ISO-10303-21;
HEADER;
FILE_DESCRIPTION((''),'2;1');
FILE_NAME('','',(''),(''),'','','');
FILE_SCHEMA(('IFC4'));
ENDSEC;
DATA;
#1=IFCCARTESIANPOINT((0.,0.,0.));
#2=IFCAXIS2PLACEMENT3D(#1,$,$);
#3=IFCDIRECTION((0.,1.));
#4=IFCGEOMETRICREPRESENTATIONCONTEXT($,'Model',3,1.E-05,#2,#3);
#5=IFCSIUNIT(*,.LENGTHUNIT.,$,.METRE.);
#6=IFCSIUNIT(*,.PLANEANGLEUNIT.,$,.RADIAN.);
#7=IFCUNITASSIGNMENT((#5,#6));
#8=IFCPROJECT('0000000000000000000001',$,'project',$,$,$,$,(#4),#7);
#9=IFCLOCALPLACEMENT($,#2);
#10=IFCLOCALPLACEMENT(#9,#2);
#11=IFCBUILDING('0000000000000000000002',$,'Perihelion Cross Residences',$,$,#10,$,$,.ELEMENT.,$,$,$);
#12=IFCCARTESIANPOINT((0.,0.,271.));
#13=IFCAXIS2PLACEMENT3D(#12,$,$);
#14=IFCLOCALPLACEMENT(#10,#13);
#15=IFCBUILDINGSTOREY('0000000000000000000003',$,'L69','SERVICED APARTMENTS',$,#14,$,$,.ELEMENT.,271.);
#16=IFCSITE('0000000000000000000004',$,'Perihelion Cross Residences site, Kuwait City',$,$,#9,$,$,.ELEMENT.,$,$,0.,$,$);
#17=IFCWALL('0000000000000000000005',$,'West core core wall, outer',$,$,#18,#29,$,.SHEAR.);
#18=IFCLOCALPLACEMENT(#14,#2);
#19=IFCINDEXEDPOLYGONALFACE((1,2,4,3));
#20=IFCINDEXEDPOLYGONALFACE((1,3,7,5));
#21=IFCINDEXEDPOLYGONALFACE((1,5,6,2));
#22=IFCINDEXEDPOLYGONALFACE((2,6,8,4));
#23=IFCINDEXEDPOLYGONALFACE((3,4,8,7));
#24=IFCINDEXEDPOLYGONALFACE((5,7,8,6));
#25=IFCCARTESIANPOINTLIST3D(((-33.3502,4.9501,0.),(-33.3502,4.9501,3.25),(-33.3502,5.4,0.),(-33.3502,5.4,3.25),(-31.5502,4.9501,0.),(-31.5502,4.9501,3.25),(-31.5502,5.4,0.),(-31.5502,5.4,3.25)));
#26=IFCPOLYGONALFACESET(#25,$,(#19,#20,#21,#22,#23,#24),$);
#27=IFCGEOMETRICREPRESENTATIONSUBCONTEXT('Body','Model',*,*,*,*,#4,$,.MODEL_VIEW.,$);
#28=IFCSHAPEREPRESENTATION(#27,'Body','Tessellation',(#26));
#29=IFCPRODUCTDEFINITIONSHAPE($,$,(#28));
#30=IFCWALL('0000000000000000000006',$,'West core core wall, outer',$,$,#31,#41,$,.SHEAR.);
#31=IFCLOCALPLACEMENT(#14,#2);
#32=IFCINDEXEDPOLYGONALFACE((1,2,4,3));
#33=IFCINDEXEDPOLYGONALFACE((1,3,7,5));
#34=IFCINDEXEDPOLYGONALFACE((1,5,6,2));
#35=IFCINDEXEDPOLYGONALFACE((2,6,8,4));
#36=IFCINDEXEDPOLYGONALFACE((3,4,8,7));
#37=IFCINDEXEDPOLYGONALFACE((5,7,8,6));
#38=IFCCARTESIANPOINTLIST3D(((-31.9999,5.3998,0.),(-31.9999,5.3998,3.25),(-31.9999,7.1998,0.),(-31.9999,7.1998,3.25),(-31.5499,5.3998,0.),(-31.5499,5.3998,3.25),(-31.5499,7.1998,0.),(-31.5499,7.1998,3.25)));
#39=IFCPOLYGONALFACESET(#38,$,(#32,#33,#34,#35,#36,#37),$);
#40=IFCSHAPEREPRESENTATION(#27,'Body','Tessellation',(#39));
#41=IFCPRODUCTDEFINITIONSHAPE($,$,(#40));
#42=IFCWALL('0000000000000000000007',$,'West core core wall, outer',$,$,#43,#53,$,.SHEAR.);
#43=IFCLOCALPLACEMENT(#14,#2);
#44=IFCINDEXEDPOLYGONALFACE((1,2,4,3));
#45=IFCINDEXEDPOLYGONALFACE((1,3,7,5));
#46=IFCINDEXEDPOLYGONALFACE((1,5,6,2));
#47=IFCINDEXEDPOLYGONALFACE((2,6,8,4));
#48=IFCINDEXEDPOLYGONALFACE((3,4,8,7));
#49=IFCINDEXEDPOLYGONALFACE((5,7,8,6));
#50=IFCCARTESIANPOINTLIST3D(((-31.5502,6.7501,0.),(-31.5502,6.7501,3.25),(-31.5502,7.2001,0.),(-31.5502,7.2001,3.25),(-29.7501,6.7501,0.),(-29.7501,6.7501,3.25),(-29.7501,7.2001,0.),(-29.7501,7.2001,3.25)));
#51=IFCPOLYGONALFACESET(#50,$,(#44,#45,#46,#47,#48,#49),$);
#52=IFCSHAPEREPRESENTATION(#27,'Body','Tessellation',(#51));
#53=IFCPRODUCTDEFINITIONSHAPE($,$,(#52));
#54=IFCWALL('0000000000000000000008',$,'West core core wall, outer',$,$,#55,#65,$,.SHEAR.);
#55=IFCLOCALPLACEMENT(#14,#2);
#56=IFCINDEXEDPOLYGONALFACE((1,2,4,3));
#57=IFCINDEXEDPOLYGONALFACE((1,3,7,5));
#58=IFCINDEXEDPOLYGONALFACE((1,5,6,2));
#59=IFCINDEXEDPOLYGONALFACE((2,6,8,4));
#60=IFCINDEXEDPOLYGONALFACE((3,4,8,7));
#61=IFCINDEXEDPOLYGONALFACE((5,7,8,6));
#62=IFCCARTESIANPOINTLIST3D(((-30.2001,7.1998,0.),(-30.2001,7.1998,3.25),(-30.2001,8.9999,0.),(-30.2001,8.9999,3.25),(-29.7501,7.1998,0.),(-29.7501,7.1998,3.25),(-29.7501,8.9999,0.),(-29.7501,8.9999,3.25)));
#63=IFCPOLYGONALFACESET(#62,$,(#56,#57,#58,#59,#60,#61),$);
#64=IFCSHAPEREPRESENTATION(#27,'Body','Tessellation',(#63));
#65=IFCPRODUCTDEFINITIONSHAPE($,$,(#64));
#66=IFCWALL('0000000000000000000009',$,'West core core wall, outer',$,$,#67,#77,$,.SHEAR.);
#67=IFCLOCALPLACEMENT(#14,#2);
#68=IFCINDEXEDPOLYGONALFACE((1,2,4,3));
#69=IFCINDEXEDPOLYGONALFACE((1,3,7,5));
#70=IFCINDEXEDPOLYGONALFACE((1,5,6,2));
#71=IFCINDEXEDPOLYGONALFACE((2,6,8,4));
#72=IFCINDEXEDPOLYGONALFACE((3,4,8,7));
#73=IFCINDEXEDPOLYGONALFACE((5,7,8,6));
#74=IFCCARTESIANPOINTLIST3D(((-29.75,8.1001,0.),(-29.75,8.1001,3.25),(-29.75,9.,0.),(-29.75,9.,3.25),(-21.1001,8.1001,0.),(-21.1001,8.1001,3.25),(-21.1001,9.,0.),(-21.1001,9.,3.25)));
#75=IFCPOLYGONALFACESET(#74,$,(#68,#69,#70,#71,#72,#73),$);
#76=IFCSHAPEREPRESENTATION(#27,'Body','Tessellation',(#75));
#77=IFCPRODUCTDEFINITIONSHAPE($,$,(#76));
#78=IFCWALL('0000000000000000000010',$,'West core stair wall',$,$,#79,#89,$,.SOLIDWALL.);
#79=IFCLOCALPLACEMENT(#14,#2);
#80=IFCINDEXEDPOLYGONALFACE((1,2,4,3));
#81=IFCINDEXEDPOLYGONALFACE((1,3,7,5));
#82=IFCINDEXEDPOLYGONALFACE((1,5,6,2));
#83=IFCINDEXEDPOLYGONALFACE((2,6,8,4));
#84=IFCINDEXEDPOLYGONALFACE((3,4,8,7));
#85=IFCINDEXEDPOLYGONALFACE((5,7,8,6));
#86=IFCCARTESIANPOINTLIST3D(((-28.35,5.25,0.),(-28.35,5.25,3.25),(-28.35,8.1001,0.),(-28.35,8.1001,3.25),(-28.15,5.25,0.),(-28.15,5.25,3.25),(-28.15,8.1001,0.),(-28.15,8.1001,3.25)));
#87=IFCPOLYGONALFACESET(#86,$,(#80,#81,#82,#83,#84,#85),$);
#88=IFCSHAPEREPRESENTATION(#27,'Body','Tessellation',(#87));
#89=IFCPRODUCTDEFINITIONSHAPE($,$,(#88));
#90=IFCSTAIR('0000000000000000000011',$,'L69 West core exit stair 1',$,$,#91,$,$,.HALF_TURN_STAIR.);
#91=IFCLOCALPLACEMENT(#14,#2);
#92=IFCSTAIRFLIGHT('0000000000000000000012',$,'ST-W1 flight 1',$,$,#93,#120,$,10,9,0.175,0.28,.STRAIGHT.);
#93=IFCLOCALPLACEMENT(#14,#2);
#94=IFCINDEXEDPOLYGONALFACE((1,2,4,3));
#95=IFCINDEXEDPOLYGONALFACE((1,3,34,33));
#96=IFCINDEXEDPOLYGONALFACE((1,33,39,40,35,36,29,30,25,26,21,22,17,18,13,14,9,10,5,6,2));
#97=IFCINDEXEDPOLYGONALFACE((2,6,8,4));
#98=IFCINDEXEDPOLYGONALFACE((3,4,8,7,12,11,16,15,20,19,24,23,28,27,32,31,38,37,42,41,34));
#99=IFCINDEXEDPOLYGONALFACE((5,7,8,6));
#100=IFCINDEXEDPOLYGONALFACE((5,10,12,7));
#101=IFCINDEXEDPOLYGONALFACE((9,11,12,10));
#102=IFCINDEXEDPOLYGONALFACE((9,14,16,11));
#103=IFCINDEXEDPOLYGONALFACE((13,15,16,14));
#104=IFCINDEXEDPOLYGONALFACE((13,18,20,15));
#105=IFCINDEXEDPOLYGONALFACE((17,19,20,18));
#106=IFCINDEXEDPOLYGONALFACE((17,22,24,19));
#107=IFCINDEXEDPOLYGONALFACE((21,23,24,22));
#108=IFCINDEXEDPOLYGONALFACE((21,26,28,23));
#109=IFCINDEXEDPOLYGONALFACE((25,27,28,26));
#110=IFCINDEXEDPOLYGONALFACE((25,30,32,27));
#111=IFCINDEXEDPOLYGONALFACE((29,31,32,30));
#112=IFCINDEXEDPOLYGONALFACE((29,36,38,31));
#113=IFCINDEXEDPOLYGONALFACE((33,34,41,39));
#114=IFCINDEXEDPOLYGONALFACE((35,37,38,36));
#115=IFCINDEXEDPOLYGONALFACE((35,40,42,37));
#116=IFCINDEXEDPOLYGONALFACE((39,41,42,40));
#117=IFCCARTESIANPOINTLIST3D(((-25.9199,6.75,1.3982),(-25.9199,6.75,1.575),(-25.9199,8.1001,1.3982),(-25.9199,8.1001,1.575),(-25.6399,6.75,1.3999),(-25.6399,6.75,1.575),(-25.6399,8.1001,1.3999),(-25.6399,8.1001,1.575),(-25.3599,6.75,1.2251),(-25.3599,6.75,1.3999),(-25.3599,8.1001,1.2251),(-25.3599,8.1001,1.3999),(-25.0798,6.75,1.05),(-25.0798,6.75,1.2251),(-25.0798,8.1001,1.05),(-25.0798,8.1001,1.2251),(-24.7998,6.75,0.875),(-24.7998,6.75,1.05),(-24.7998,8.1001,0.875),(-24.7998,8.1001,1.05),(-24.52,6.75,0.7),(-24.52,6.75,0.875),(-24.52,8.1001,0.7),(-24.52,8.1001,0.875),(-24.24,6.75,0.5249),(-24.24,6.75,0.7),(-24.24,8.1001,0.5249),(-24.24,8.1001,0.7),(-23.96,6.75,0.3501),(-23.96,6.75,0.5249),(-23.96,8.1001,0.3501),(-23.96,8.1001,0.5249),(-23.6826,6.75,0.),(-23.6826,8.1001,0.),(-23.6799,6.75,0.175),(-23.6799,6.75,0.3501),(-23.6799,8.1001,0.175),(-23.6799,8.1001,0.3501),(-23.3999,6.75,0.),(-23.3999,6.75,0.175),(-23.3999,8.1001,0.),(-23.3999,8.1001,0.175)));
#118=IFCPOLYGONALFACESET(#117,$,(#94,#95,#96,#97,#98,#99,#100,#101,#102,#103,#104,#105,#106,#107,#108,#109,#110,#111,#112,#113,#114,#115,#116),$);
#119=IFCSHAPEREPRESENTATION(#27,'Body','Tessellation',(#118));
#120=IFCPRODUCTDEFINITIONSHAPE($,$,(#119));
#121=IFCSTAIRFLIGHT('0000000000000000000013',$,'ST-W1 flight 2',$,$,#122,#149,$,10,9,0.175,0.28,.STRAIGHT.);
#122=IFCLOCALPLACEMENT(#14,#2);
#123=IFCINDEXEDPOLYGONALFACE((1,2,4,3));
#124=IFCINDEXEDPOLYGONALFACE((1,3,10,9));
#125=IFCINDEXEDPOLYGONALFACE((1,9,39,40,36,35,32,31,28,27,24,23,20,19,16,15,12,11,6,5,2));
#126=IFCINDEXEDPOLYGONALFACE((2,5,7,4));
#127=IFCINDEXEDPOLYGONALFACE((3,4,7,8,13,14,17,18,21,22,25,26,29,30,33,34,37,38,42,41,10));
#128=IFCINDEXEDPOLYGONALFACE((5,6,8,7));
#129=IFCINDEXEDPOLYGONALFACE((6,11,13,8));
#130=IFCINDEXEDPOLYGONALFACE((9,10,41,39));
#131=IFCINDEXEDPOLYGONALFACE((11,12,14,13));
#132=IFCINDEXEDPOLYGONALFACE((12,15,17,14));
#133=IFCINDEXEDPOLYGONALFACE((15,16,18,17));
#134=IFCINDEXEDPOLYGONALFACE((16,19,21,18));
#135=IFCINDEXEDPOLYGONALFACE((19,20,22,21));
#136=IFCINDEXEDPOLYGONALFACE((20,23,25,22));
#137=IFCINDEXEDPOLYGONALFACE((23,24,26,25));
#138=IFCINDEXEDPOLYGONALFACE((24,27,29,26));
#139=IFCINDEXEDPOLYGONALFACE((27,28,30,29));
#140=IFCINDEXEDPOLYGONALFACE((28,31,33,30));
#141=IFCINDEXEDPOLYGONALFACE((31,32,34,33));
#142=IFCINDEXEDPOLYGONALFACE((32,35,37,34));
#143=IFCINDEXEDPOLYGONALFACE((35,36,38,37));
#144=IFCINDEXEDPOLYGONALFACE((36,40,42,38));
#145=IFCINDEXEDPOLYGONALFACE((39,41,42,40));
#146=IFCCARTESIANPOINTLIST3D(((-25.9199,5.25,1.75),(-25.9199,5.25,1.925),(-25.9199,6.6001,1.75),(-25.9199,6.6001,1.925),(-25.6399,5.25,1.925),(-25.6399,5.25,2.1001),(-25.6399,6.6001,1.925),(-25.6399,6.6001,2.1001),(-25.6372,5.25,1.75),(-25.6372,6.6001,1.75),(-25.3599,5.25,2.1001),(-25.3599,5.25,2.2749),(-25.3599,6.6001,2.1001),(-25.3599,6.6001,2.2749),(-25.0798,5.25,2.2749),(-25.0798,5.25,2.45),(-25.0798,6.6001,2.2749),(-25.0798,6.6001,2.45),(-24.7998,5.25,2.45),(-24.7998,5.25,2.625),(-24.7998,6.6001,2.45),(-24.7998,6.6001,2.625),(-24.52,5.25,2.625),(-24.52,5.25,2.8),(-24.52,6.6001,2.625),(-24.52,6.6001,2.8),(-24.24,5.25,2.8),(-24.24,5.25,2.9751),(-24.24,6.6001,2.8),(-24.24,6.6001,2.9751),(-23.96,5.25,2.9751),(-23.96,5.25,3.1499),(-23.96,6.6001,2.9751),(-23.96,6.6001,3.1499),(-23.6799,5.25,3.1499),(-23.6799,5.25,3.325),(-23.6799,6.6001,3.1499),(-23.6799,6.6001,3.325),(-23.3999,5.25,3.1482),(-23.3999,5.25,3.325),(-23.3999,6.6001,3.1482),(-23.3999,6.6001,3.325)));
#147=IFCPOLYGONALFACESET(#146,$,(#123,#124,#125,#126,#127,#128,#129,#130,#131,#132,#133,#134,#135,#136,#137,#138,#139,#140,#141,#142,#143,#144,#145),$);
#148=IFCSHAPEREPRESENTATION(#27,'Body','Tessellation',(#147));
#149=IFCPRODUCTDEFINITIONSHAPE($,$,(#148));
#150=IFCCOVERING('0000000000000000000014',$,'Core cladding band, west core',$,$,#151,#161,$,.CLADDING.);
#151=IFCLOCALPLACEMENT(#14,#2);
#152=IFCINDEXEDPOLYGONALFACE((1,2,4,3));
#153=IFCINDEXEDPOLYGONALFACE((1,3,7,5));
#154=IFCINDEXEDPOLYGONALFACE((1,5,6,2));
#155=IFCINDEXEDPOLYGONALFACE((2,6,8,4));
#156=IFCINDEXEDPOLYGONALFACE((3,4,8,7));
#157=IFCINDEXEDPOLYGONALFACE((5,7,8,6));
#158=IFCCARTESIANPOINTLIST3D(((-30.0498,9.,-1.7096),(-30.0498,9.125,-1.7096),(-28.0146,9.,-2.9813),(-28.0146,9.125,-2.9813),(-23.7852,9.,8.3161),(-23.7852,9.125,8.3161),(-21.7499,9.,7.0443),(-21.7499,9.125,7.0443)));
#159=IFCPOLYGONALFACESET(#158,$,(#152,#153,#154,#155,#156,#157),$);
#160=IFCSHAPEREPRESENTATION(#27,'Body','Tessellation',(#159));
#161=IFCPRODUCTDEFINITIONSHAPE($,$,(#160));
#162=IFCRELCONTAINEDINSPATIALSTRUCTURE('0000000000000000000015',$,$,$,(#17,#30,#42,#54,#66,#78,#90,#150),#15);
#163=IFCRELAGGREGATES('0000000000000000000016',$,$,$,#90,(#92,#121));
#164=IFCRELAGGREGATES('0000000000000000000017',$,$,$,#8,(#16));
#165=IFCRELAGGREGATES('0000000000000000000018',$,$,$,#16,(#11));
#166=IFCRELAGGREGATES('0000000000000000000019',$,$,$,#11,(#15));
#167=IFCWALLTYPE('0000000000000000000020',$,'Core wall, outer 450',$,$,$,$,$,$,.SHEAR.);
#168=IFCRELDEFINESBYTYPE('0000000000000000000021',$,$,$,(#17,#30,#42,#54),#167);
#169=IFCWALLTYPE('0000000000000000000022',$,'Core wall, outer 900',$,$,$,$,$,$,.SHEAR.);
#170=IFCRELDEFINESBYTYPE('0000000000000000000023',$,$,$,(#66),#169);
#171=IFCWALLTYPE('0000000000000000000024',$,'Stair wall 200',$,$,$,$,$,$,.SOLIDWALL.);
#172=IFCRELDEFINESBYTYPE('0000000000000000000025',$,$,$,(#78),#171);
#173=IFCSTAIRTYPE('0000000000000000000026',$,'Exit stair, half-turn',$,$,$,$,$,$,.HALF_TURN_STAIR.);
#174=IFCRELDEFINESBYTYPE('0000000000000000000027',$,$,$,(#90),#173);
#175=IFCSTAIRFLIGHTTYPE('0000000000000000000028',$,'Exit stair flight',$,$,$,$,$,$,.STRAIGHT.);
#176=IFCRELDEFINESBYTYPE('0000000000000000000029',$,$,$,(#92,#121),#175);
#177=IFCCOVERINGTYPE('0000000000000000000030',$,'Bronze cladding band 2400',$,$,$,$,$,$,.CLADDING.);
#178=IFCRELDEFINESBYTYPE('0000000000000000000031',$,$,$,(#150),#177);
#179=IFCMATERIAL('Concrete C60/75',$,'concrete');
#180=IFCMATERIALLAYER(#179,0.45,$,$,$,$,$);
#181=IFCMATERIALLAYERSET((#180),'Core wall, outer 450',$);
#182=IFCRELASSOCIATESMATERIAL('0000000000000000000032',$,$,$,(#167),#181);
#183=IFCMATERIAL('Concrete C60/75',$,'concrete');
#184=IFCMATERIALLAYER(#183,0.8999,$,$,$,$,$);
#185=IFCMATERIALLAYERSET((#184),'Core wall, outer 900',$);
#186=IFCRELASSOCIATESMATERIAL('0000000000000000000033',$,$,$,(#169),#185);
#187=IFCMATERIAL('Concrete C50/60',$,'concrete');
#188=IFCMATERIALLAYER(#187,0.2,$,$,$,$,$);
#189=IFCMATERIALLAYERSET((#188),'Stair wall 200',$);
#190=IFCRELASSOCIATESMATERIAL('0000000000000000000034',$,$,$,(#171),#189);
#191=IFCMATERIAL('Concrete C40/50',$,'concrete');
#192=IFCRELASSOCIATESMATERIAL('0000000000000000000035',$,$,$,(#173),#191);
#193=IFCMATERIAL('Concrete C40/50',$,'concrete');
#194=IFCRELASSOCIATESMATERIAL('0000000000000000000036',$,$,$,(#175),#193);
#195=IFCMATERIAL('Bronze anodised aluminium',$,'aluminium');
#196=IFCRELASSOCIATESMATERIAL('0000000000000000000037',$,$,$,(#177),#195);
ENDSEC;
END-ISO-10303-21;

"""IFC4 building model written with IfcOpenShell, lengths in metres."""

from ifc_helpers import new_model, si_unit, direction, frame, frame_2d, origin, origin_2d, place, context, subcontext, project, spatial, polyline, rectangle, outline, extrude, material, layer, layer_set, material_profile, profile_set, type_object, element, aggregate, save


model = new_model("IFC4")

# Units and contexts
model_context = context("Model", 3, precision=1e-05, world=origin(), true_north=direction((0.0, 1.0)))
body_context = subcontext(model_context, "Body", "Model", "MODEL_VIEW")
ifc_project = project(units=[si_unit("LENGTHUNIT", "METRE"), si_unit("PLANEANGLEUNIT", "RADIAN")], contexts=[model_context])

# Site, building, storey
site_placement = place(None, origin())
site = spatial("IfcSite", under=ifc_project, at=site_placement, Name="Perihelion Cross Residences site, Kuwait City", CompositionType="ELEMENT", RefElevation=0.0)
building_placement = place(site_placement, origin())
building = spatial("IfcBuilding", under=site, at=building_placement, Name="Perihelion Cross Residences", CompositionType="ELEMENT")
storey_placement = place(building_placement, frame((0.0, 0.0, 271.0)))
storey = spatial("IfcBuildingStorey", under=building, at=storey_placement, Name="L69", Description="SERVICED APARTMENTS", CompositionType="ELEMENT", Elevation=271.0)

# Walls
ifc_material_1 = material(Name="Concrete C60/75", Category="concrete")
ifc_layer_1 = layer(ifc_material_1, 0.45)
ifc_layer_set_1 = layer_set([ifc_layer_1], Name="Core wall, outer 450")
wall_type_1 = type_object("IfcWallType", Name="Core wall, outer 450", PredefinedType="SHEAR", material=ifc_layer_set_1)
for number, where, z_axis, x_axis, name in (
    (1, (-33.3501, 5.175, 0.0), (0.0, 0.0, 1.0), (1.0, 0.0, 0.0), "West core core wall, outer"),
    (2, (-31.7749, 5.3999, 0.0), (0.0, 0.0, 1.0), (0.0, 1.0, 0.0), "West core core wall, outer"),
    (3, (-31.55, 6.9751, 0.0), (0.0, 0.0, 1.0), (1.0, 0.0, 0.0), "West core core wall, outer"),
    (4, (-29.9751, 7.2, 0.0), (0.0, 0.0, 1.0), (0.0, 1.0, 0.0), "West core core wall, outer"),
):
    element("IfcWall", number, at=place(storey_placement, frame(where, z_axis=z_axis, x_axis=x_axis)), inside=storey, type_object=wall_type_1, Name=name, PredefinedType="SHEAR", context=body_context, shape_type="SweptSolid", body=[
        extrude(rectangle(XDim=1.8, YDim=0.45, at=frame_2d((0.8999, 0.0))), origin(), (0.0, 0.0, 1.0), 3.25),
    ])
ifc_material_2 = material(Name="Concrete C60/75", Category="concrete")
ifc_layer_2 = layer(ifc_material_2, 0.8999)
ifc_layer_set_2 = layer_set([ifc_layer_2], Name="Core wall, outer 900")
wall_type_2 = type_object("IfcWallType", Name="Core wall, outer 900", PredefinedType="SHEAR", material=ifc_layer_set_2)
wall_1_placement = place(storey_placement, frame((-29.75, 8.55, 0.0), z_axis=(0.0, 0.0, 1.0), x_axis=(1.0, 0.0, 0.0)))
element("IfcWall", 5, at=wall_1_placement, inside=storey, type_object=wall_type_2, Name="West core core wall, outer", PredefinedType="SHEAR", context=body_context, shape_type="SweptSolid", body=[
    extrude(rectangle(XDim=8.6499, YDim=0.8999, at=frame_2d((4.325, 0.0))), origin(), (0.0, 0.0, 1.0), 3.25),
])
ifc_material_3 = material(Name="Concrete C50/60", Category="concrete")
ifc_layer_3 = layer(ifc_material_3, 0.2)
ifc_layer_set_3 = layer_set([ifc_layer_3], Name="Stair wall 200")
wall_type_3 = type_object("IfcWallType", Name="Stair wall 200", PredefinedType="SOLIDWALL", material=ifc_layer_set_3)
wall_2_placement = place(storey_placement, frame((-28.25, 5.25, 0.0), z_axis=(0.0, 0.0, 1.0), x_axis=(0.0, 1.0, 0.0)))
element("IfcWall", 6, at=wall_2_placement, inside=storey, type_object=wall_type_3, Name="West core stair wall", PredefinedType="SOLIDWALL", context=body_context, shape_type="SweptSolid", body=[
    extrude(rectangle(XDim=2.8501, YDim=0.2, at=frame_2d((1.425, 0.0))), origin(), (0.0, 0.0, 1.0), 3.25),
])

# Stair, stair flights
ifc_material_4 = material(Name="Concrete C40/50", Category="concrete")
stair_type = type_object("IfcStairType", Name="Exit stair, half-turn", PredefinedType="HALF_TURN_STAIR", material=ifc_material_4)
stair_placement = place(storey_placement, origin())
stair = element("IfcStair", 7, at=stair_placement, inside=storey, type_object=stair_type, Name="L69 West core exit stair 1", PredefinedType="HALF_TURN_STAIR")
ifc_material_5 = material(Name="Concrete C40/50", Category="concrete")
stair_flight_type = type_object("IfcStairFlightType", Name="Exit stair flight", PredefinedType="STRAIGHT", material=ifc_material_5)
stair_flight_1_placement = place(storey_placement, frame((-23.3999, 7.425, 0.0), z_axis=(0.0, 0.0, 1.0), x_axis=(-1.0, 0.0, 0.0)))
stair_flight_1 = element("IfcStairFlight", 8, at=stair_flight_1_placement, type_object=stair_flight_type, Name="ST-W1 flight 1", NumberOfRisers=10, NumberOfTreads=9, PredefinedType="STRAIGHT", RiserHeight=0.175, TreadLength=0.28, context=body_context, shape_type="SweptSolid", body=[
    extrude(outline(polyline([(0.0, 0.0), (0.0, 0.175), (0.28, 0.175), (0.28, 0.3501), (0.5601, 0.3501), (0.5601, 0.5249), (0.8401, 0.5249), (0.8401, 0.7), (1.1201, 0.7), (1.1201, 0.875), (1.3999, 0.875), (1.3999, 1.05), (1.6799, 1.05), (1.6799, 1.2251), (1.96, 1.2251), (1.96, 1.3999), (2.24, 1.3999), (2.24, 1.575), (2.52, 1.575), (2.52, 1.75), (2.52, 1.3982), (0.2827, 0.0), (0.0, 0.0)])), frame((0.0, 0.675, 0.0), z_axis=(0.0, -1.0, 0.0), x_axis=(1.0, 0.0, 0.0)), (0.0, 0.0, 1.0), 1.3501),
])
stair_flight_2_placement = place(storey_placement, frame((-25.9199, 5.925, 1.75), z_axis=(0.0, 0.0, 1.0), x_axis=(1.0, 0.0, 0.0)))
stair_flight_2 = element("IfcStairFlight", 9, at=stair_flight_2_placement, type_object=stair_flight_type, Name="ST-W1 flight 2", NumberOfRisers=10, NumberOfTreads=9, PredefinedType="STRAIGHT", RiserHeight=0.175, TreadLength=0.28, context=body_context, shape_type="SweptSolid", body=[
    extrude(outline(polyline([(0.0, 0.0), (0.0, 0.175), (0.28, 0.175), (0.28, 0.3501), (0.5601, 0.3501), (0.5601, 0.5249), (0.8401, 0.5249), (0.8401, 0.7), (1.1201, 0.7), (1.1201, 0.875), (1.3999, 0.875), (1.3999, 1.05), (1.6799, 1.05), (1.6799, 1.2251), (1.96, 1.2251), (1.96, 1.3999), (2.24, 1.3999), (2.24, 1.575), (2.52, 1.575), (2.52, 1.75), (2.52, 1.3982), (0.2827, 0.0), (0.0, 0.0)])), frame((0.0, 0.675, 0.0), z_axis=(0.0, -1.0, 0.0), x_axis=(1.0, 0.0, 0.0)), (0.0, 0.0, 1.0), 1.3501),
])
aggregate(stair, [stair_flight_1, stair_flight_2])

# Covering
ifc_material_6 = material(Name="Bronze anodised aluminium", Category="aluminium")
ifc_material_profile = material_profile(ifc_material_6, rectangle(XDim=0.125, YDim=2.3999, at=origin_2d()), Name="Bronze cladding band 2400")
ifc_profile_set = profile_set([ifc_material_profile], Name="Bronze anodised aluminium")
covering_type = type_object("IfcCoveringType", Name="Bronze cladding band 2400", PredefinedType="CLADDING", material=ifc_profile_set)
covering_placement = place(storey_placement, frame((-29.0322, 9.0625, -2.3455), z_axis=(0.529915, 0.0, 0.848051), x_axis=(0.0, 1.0, 0.0)))
element("IfcCovering", 10, at=covering_placement, inside=storey, type_object=covering_type, Name="Core cladding band, west core", PredefinedType="CLADDING", context=body_context, shape_type="SweptSolid", body=[
    extrude(rectangle(XDim=0.125, YDim=2.3999, at=origin_2d()), origin(), (0.0, 0.0, 1.0), 11.822),
])

save(model, "model.ifc")
